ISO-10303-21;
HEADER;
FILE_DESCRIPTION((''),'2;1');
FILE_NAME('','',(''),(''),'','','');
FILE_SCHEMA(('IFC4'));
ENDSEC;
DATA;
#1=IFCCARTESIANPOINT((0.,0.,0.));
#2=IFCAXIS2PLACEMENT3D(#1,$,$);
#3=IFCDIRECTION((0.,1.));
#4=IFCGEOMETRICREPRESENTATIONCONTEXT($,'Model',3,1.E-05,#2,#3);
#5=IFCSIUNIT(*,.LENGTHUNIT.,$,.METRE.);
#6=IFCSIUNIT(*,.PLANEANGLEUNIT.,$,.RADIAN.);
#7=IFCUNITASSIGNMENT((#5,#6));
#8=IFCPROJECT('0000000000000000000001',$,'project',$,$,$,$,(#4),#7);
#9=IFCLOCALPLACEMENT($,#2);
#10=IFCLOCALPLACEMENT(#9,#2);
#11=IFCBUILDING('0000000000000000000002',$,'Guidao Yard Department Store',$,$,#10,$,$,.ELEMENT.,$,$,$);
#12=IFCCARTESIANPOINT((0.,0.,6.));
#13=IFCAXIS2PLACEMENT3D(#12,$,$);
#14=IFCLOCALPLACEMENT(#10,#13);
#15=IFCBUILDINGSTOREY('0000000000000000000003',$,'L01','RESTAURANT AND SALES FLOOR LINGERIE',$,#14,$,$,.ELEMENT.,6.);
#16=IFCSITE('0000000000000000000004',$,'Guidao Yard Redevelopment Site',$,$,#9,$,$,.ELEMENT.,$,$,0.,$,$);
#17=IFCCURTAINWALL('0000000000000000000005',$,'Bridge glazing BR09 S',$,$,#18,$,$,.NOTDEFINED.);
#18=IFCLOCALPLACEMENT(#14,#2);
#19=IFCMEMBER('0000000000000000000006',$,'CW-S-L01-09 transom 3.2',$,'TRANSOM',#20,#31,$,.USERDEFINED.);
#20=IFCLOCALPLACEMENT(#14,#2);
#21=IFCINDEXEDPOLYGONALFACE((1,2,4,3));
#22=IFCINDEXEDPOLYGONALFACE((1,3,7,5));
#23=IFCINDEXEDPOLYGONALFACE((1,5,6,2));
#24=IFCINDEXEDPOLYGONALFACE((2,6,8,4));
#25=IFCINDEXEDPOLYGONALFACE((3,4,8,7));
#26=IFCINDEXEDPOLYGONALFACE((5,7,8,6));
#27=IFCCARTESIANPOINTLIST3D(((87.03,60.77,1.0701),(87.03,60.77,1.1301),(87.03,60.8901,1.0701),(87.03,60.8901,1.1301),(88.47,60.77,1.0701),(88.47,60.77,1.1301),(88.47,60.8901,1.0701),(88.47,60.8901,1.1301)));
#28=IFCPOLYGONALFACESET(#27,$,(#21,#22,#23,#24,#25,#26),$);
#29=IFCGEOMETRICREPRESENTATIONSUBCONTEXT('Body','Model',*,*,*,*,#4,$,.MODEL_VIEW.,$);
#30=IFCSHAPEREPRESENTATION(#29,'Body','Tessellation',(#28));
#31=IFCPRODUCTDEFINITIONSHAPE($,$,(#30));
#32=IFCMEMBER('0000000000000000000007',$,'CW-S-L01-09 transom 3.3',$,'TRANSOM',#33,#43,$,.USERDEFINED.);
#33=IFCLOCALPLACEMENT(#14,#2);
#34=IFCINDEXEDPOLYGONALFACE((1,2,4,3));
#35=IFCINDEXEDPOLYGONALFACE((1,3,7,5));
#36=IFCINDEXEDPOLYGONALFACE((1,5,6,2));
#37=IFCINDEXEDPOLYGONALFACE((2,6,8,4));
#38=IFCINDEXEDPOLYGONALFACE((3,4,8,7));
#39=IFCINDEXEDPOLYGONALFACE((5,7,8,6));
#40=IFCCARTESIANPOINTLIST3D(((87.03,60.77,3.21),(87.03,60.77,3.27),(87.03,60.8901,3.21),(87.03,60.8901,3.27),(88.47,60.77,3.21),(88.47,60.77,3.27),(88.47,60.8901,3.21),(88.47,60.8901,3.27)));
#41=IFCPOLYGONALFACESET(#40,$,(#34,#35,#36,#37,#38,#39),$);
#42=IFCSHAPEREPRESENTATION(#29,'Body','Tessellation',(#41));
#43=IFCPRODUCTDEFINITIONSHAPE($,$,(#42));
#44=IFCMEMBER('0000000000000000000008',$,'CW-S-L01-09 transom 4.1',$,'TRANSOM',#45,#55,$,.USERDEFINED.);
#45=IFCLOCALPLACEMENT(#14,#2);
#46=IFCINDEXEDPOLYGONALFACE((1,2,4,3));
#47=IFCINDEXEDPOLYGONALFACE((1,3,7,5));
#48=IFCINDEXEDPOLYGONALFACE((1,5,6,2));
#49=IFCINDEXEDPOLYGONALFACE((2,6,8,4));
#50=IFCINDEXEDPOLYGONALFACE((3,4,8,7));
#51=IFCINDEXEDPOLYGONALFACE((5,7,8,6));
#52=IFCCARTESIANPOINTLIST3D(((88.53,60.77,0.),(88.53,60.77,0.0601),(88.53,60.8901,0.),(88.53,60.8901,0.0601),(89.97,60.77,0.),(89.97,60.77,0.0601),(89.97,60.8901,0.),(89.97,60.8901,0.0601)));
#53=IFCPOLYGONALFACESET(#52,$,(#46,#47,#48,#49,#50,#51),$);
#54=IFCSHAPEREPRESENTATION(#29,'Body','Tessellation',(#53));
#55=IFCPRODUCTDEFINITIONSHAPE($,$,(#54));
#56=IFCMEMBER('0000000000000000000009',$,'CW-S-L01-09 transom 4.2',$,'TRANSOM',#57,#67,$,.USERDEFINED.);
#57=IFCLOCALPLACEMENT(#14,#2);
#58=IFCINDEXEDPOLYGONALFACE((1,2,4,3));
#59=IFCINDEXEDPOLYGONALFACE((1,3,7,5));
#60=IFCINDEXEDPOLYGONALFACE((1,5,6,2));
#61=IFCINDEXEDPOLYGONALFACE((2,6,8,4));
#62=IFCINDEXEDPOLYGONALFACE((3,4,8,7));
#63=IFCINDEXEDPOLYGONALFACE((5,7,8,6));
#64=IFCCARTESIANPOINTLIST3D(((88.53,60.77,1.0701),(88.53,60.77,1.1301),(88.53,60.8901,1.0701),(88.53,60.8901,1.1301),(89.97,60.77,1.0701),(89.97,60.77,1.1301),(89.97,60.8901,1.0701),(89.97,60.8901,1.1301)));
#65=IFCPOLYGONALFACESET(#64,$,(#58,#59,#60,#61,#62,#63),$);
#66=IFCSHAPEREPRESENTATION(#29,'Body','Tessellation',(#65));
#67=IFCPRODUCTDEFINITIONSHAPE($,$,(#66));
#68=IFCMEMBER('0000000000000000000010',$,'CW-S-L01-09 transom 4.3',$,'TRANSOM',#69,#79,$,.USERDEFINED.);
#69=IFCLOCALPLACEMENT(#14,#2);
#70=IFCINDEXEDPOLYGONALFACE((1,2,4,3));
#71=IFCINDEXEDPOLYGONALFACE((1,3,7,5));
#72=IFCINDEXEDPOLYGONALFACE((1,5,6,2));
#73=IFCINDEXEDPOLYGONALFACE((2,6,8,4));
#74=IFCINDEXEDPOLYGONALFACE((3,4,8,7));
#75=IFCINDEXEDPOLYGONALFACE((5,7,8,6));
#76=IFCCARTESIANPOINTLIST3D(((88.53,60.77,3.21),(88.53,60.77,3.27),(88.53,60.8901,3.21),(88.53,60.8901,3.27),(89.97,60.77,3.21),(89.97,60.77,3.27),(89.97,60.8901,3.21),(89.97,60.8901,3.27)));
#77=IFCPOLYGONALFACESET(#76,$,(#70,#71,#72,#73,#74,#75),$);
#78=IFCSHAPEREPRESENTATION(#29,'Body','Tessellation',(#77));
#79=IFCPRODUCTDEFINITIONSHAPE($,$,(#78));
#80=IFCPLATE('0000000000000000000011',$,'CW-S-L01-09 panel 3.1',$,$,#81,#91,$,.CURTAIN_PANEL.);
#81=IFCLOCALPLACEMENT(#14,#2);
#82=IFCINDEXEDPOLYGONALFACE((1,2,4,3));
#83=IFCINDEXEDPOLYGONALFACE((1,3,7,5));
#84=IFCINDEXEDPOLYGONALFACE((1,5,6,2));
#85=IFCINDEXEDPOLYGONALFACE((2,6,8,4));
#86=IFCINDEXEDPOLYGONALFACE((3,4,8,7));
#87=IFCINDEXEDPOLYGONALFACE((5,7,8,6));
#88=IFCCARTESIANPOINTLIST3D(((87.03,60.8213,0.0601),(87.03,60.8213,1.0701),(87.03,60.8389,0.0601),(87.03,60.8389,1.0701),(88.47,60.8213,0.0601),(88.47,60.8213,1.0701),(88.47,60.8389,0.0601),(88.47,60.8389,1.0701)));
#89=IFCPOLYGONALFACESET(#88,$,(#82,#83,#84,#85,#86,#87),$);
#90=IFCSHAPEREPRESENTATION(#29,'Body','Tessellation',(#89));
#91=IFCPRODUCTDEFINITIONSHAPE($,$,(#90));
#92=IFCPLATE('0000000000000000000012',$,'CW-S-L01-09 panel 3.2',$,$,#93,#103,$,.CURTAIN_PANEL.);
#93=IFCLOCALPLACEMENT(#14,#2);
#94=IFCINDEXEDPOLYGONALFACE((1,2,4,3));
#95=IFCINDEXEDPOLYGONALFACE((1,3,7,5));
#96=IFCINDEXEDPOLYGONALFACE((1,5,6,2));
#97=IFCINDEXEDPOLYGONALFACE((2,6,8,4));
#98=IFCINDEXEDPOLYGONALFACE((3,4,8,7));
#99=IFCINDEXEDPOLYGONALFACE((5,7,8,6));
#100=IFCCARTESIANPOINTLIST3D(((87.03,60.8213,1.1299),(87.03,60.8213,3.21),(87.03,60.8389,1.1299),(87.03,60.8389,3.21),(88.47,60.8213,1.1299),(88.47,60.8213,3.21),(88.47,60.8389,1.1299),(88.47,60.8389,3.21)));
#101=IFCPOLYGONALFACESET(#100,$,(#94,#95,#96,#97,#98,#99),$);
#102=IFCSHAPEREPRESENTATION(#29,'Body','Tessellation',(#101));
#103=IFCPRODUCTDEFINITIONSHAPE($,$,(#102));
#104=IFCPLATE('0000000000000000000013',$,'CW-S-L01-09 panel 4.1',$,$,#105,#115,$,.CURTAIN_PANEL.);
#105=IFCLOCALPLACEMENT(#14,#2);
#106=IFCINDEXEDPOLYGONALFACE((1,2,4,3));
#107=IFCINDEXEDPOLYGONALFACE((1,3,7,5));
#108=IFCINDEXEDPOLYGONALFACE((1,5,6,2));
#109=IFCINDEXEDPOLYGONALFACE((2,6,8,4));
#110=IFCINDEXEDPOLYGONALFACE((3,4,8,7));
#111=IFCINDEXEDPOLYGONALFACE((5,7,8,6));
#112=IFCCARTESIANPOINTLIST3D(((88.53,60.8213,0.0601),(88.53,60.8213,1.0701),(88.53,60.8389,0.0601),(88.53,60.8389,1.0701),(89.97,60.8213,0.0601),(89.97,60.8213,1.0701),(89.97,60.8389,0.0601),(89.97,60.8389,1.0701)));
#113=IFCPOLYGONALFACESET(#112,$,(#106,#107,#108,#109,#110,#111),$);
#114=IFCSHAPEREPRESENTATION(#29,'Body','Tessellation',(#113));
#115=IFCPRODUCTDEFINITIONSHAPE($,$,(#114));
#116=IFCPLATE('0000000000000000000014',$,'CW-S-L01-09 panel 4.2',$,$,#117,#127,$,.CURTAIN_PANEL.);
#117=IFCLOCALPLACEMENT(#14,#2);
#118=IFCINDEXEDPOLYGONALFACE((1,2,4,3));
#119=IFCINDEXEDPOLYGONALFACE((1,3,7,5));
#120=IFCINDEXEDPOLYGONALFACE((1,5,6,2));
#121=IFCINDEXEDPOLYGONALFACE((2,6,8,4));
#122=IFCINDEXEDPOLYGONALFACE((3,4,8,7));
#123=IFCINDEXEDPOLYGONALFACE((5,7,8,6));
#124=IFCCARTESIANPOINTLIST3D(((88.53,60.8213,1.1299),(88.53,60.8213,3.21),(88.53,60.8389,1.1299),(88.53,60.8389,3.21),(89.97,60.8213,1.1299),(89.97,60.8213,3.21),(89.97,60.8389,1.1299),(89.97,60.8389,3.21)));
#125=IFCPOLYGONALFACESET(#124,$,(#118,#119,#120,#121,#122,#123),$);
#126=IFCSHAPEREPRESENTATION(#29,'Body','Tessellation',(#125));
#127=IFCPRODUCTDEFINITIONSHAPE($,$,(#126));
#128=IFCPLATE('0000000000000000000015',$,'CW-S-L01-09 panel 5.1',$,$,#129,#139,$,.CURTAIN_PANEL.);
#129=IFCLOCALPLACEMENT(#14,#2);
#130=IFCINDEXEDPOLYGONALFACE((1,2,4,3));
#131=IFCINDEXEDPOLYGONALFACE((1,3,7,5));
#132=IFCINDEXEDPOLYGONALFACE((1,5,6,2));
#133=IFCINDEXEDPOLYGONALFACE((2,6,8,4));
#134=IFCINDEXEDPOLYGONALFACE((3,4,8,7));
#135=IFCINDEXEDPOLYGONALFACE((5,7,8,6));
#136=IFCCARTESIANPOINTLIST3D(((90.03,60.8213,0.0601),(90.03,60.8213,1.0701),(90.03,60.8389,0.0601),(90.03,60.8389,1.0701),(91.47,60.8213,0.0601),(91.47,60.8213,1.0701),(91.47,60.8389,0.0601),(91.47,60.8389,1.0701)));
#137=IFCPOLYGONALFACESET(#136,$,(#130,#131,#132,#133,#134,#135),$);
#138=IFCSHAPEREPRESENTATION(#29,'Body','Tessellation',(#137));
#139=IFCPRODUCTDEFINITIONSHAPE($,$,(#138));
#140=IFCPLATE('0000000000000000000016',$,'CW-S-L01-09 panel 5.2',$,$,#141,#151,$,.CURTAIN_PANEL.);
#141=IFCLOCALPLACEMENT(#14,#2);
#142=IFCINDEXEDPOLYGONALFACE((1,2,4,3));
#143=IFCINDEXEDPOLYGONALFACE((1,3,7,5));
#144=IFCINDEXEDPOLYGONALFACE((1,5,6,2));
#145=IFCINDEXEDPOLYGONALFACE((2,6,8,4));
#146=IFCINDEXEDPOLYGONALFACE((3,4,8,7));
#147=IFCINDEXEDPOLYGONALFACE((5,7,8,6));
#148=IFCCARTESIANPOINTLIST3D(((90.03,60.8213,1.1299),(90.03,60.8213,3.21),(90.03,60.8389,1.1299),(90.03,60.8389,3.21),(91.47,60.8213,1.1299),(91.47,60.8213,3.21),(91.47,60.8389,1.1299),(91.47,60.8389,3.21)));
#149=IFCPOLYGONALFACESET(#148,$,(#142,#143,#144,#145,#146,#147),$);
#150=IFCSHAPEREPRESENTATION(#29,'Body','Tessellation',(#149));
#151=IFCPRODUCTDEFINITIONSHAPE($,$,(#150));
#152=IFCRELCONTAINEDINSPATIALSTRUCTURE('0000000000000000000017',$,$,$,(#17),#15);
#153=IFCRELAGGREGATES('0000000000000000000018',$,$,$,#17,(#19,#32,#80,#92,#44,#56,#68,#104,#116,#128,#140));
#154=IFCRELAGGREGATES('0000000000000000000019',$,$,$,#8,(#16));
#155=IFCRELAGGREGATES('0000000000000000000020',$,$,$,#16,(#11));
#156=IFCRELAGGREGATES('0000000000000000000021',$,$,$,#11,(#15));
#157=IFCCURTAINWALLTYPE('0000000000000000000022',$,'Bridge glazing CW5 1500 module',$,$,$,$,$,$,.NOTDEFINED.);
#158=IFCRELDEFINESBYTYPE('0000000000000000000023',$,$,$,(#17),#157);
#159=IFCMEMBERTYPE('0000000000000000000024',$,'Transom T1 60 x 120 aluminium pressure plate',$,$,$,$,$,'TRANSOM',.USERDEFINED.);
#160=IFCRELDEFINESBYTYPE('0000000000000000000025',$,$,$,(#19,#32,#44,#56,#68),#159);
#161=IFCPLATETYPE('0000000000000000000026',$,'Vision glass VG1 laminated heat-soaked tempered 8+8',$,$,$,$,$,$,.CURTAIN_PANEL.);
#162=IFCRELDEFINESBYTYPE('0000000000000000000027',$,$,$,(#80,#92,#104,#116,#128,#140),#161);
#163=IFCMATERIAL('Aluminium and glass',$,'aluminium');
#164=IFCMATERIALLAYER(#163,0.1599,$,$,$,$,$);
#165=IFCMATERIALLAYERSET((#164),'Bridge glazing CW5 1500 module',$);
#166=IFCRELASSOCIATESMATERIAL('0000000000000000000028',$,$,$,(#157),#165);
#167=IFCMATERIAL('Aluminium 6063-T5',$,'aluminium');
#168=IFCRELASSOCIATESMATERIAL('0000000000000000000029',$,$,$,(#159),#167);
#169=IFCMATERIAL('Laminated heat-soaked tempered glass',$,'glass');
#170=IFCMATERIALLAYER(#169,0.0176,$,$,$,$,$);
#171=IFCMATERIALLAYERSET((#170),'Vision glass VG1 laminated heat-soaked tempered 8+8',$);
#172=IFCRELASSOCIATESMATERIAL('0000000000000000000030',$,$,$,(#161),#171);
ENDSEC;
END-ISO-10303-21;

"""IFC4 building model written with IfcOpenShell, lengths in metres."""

from ifc_helpers import new_model, si_unit, direction, frame, origin, origin_2d, place, context, subcontext, project, spatial, rectangle, extrude, material, layer, layer_set, material_profile, profile_set, type_object, element, aggregate, save


model = new_model("IFC4")

# Units and contexts
model_context = context("Model", 3, precision=1e-05, world=origin(), true_north=direction((0.0, 1.0)))
body_context = subcontext(model_context, "Body", "Model", "MODEL_VIEW")
ifc_project = project(units=[si_unit("LENGTHUNIT", "METRE"), si_unit("PLANEANGLEUNIT", "RADIAN")], contexts=[model_context])

# Site, building, storey
site_placement = place(None, origin())
site = spatial("IfcSite", under=ifc_project, at=site_placement, Name="Guidao Yard Redevelopment Site", CompositionType="ELEMENT", RefElevation=0.0)
building_placement = place(site_placement, origin())
building = spatial("IfcBuilding", under=site, at=building_placement, Name="Guidao Yard Department Store", CompositionType="ELEMENT")
storey_placement = place(building_placement, frame((0.0, 0.0, 6.0)))
storey = spatial("IfcBuildingStorey", under=building, at=storey_placement, Name="L01", Description="RESTAURANT AND SALES FLOOR LINGERIE", CompositionType="ELEMENT", Elevation=6.0)

# Curtain wall
ifc_material_1 = material(Name="Aluminium and glass", Category="aluminium")
ifc_layer_1 = layer(ifc_material_1, 0.1599)
ifc_layer_set_1 = layer_set([ifc_layer_1], Name="Bridge glazing CW5 1500 module")
curtain_wall_type = type_object("IfcCurtainWallType", Name="Bridge glazing CW5 1500 module", PredefinedType="NOTDEFINED", material=ifc_layer_set_1)
curtain_wall_1_placement = place(storey_placement, origin())
curtain_wall_1 = element("IfcCurtainWall", 1, at=curtain_wall_1_placement, inside=storey, type_object=curtain_wall_type, Name="Bridge glazing BR09 S", PredefinedType="NOTDEFINED")

# Members
ifc_material_2 = material(Name="Aluminium 6063-T5", Category="aluminium")
ifc_material_profile_1 = material_profile(ifc_material_2, rectangle(XDim=0.1201, YDim=0.0601, at=origin_2d()), Name="Transom T1 60 x 120 aluminium pressure plate")
ifc_profile_set_1 = profile_set([ifc_material_profile_1], Name="Aluminium 6063-T5")
member_type_1 = type_object("IfcMemberType", Name="Transom T1 60 x 120 aluminium pressure plate", ElementType="TRANSOM", PredefinedType="USERDEFINED", material=ifc_profile_set_1)
member_1_placement = place(storey_placement, frame((88.47, 60.8301, 1.1001), z_axis=(-1.0, 0.0, 0.0), x_axis=(0.0, -1.0, 0.0)))
member_1 = element("IfcMember", 2, at=member_1_placement, type_object=member_type_1, Name="CW-S-L01-09 transom 3.2", ObjectType="TRANSOM", PredefinedType="USERDEFINED", context=body_context, shape_type="SweptSolid", body=[
    extrude(rectangle(XDim=0.1201, YDim=0.0601, at=origin_2d()), origin(), (0.0, 0.0, 1.0), 1.4399),
])
member_2_placement = place(storey_placement, frame((88.47, 60.8301, 3.24), z_axis=(-1.0, 0.0, 0.0), x_axis=(0.0, -1.0, 0.0)))
member_2 = element("IfcMember", 3, at=member_2_placement, type_object=member_type_1, Name="CW-S-L01-09 transom 3.3", ObjectType="TRANSOM", PredefinedType="USERDEFINED", context=body_context, shape_type="SweptSolid", body=[
    extrude(rectangle(XDim=0.1201, YDim=0.0601, at=origin_2d()), origin(), (0.0, 0.0, 1.0), 1.4399),
])
member_3_placement = place(storey_placement, frame((89.97, 60.8301, 0.03), z_axis=(-1.0, 0.0, 0.0), x_axis=(0.0, -1.0, 0.0)))
member_3 = element("IfcMember", 4, at=member_3_placement, type_object=member_type_1, Name="CW-S-L01-09 transom 4.1", ObjectType="TRANSOM", PredefinedType="USERDEFINED", context=body_context, shape_type="SweptSolid", body=[
    extrude(rectangle(XDim=0.1201, YDim=0.0601, at=origin_2d()), origin(), (0.0, 0.0, 1.0), 1.4399),
])
member_4_placement = place(storey_placement, frame((89.97, 60.8301, 1.1001), z_axis=(-1.0, 0.0, 0.0), x_axis=(0.0, -1.0, 0.0)))
member_4 = element("IfcMember", 5, at=member_4_placement, type_object=member_type_1, Name="CW-S-L01-09 transom 4.2", ObjectType="TRANSOM", PredefinedType="USERDEFINED", context=body_context, shape_type="SweptSolid", body=[
    extrude(rectangle(XDim=0.1201, YDim=0.0601, at=origin_2d()), origin(), (0.0, 0.0, 1.0), 1.4399),
])
member_5_placement = place(storey_placement, frame((89.97, 60.8301, 3.24), z_axis=(-1.0, 0.0, 0.0), x_axis=(0.0, -1.0, 0.0)))
member_5 = element("IfcMember", 6, at=member_5_placement, type_object=member_type_1, Name="CW-S-L01-09 transom 4.3", ObjectType="TRANSOM", PredefinedType="USERDEFINED", context=body_context, shape_type="SweptSolid", body=[
    extrude(rectangle(XDim=0.1201, YDim=0.0601, at=origin_2d()), origin(), (0.0, 0.0, 1.0), 1.4399),
])

# Plates
ifc_material_3 = material(Name="Laminated heat-soaked tempered glass", Category="glass")
ifc_layer_2 = layer(ifc_material_3, 0.0176)
ifc_layer_set_2 = layer_set([ifc_layer_2], Name="Vision glass VG1 laminated heat-soaked tempered 8+8")
plate_type = type_object("IfcPlateType", Name="Vision glass VG1 laminated heat-soaked tempered 8+8", PredefinedType="CURTAIN_PANEL", material=ifc_layer_set_2)
plate_1_placement = place(storey_placement, frame((87.75, 60.8301, 0.0601), z_axis=(0.0, 0.0, 1.0), x_axis=(-1.0, 0.0, 0.0)))
plate_1 = element("IfcPlate", 7, at=plate_1_placement, type_object=plate_type, Name="CW-S-L01-09 panel 3.1", PredefinedType="CURTAIN_PANEL", context=body_context, shape_type="SweptSolid", body=[
    extrude(rectangle(XDim=1.4399, YDim=0.0176, at=origin_2d()), origin(), (0.0, 0.0, 1.0), 1.01),
])
plate_2_placement = place(storey_placement, frame((87.75, 60.8301, 1.1299), z_axis=(0.0, 0.0, 1.0), x_axis=(-1.0, 0.0, 0.0)))
plate_2 = element("IfcPlate", 8, at=plate_2_placement, type_object=plate_type, Name="CW-S-L01-09 panel 3.2", PredefinedType="CURTAIN_PANEL", context=body_context, shape_type="SweptSolid", body=[
    extrude(rectangle(XDim=1.4399, YDim=0.0176, at=origin_2d()), origin(), (0.0, 0.0, 1.0), 2.0801),
])
plate_3_placement = place(storey_placement, frame((89.25, 60.8301, 0.0601), z_axis=(0.0, 0.0, 1.0), x_axis=(-1.0, 0.0, 0.0)))
plate_3 = element("IfcPlate", 9, at=plate_3_placement, type_object=plate_type, Name="CW-S-L01-09 panel 4.1", PredefinedType="CURTAIN_PANEL", context=body_context, shape_type="SweptSolid", body=[
    extrude(rectangle(XDim=1.4399, YDim=0.0176, at=origin_2d()), origin(), (0.0, 0.0, 1.0), 1.01),
])
plate_4_placement = place(storey_placement, frame((89.25, 60.8301, 1.1299), z_axis=(0.0, 0.0, 1.0), x_axis=(-1.0, 0.0, 0.0)))
plate_4 = element("IfcPlate", 10, at=plate_4_placement, type_object=plate_type, Name="CW-S-L01-09 panel 4.2", PredefinedType="CURTAIN_PANEL", context=body_context, shape_type="SweptSolid", body=[
    extrude(rectangle(XDim=1.4399, YDim=0.0176, at=origin_2d()), origin(), (0.0, 0.0, 1.0), 2.0801),
])
plate_5_placement = place(storey_placement, frame((90.75, 60.8301, 0.0601), z_axis=(0.0, 0.0, 1.0), x_axis=(-1.0, 0.0, 0.0)))
plate_5 = element("IfcPlate", 11, at=plate_5_placement, type_object=plate_type, Name="CW-S-L01-09 panel 5.1", PredefinedType="CURTAIN_PANEL", context=body_context, shape_type="SweptSolid", body=[
    extrude(rectangle(XDim=1.4399, YDim=0.0176, at=origin_2d()), origin(), (0.0, 0.0, 1.0), 1.01),
])
plate_6_placement = place(storey_placement, frame((90.75, 60.8301, 1.1299), z_axis=(0.0, 0.0, 1.0), x_axis=(-1.0, 0.0, 0.0)))
plate_6 = element("IfcPlate", 12, at=plate_6_placement, type_object=plate_type, Name="CW-S-L01-09 panel 5.2", PredefinedType="CURTAIN_PANEL", context=body_context, shape_type="SweptSolid", body=[
    extrude(rectangle(XDim=1.4399, YDim=0.0176, at=origin_2d()), origin(), (0.0, 0.0, 1.0), 2.0801),
])
aggregate(curtain_wall_1, [member_1, member_2, plate_1, plate_2, member_3, member_4, member_5, plate_3, plate_4, plate_5, plate_6])

save(model, "model.ifc")
